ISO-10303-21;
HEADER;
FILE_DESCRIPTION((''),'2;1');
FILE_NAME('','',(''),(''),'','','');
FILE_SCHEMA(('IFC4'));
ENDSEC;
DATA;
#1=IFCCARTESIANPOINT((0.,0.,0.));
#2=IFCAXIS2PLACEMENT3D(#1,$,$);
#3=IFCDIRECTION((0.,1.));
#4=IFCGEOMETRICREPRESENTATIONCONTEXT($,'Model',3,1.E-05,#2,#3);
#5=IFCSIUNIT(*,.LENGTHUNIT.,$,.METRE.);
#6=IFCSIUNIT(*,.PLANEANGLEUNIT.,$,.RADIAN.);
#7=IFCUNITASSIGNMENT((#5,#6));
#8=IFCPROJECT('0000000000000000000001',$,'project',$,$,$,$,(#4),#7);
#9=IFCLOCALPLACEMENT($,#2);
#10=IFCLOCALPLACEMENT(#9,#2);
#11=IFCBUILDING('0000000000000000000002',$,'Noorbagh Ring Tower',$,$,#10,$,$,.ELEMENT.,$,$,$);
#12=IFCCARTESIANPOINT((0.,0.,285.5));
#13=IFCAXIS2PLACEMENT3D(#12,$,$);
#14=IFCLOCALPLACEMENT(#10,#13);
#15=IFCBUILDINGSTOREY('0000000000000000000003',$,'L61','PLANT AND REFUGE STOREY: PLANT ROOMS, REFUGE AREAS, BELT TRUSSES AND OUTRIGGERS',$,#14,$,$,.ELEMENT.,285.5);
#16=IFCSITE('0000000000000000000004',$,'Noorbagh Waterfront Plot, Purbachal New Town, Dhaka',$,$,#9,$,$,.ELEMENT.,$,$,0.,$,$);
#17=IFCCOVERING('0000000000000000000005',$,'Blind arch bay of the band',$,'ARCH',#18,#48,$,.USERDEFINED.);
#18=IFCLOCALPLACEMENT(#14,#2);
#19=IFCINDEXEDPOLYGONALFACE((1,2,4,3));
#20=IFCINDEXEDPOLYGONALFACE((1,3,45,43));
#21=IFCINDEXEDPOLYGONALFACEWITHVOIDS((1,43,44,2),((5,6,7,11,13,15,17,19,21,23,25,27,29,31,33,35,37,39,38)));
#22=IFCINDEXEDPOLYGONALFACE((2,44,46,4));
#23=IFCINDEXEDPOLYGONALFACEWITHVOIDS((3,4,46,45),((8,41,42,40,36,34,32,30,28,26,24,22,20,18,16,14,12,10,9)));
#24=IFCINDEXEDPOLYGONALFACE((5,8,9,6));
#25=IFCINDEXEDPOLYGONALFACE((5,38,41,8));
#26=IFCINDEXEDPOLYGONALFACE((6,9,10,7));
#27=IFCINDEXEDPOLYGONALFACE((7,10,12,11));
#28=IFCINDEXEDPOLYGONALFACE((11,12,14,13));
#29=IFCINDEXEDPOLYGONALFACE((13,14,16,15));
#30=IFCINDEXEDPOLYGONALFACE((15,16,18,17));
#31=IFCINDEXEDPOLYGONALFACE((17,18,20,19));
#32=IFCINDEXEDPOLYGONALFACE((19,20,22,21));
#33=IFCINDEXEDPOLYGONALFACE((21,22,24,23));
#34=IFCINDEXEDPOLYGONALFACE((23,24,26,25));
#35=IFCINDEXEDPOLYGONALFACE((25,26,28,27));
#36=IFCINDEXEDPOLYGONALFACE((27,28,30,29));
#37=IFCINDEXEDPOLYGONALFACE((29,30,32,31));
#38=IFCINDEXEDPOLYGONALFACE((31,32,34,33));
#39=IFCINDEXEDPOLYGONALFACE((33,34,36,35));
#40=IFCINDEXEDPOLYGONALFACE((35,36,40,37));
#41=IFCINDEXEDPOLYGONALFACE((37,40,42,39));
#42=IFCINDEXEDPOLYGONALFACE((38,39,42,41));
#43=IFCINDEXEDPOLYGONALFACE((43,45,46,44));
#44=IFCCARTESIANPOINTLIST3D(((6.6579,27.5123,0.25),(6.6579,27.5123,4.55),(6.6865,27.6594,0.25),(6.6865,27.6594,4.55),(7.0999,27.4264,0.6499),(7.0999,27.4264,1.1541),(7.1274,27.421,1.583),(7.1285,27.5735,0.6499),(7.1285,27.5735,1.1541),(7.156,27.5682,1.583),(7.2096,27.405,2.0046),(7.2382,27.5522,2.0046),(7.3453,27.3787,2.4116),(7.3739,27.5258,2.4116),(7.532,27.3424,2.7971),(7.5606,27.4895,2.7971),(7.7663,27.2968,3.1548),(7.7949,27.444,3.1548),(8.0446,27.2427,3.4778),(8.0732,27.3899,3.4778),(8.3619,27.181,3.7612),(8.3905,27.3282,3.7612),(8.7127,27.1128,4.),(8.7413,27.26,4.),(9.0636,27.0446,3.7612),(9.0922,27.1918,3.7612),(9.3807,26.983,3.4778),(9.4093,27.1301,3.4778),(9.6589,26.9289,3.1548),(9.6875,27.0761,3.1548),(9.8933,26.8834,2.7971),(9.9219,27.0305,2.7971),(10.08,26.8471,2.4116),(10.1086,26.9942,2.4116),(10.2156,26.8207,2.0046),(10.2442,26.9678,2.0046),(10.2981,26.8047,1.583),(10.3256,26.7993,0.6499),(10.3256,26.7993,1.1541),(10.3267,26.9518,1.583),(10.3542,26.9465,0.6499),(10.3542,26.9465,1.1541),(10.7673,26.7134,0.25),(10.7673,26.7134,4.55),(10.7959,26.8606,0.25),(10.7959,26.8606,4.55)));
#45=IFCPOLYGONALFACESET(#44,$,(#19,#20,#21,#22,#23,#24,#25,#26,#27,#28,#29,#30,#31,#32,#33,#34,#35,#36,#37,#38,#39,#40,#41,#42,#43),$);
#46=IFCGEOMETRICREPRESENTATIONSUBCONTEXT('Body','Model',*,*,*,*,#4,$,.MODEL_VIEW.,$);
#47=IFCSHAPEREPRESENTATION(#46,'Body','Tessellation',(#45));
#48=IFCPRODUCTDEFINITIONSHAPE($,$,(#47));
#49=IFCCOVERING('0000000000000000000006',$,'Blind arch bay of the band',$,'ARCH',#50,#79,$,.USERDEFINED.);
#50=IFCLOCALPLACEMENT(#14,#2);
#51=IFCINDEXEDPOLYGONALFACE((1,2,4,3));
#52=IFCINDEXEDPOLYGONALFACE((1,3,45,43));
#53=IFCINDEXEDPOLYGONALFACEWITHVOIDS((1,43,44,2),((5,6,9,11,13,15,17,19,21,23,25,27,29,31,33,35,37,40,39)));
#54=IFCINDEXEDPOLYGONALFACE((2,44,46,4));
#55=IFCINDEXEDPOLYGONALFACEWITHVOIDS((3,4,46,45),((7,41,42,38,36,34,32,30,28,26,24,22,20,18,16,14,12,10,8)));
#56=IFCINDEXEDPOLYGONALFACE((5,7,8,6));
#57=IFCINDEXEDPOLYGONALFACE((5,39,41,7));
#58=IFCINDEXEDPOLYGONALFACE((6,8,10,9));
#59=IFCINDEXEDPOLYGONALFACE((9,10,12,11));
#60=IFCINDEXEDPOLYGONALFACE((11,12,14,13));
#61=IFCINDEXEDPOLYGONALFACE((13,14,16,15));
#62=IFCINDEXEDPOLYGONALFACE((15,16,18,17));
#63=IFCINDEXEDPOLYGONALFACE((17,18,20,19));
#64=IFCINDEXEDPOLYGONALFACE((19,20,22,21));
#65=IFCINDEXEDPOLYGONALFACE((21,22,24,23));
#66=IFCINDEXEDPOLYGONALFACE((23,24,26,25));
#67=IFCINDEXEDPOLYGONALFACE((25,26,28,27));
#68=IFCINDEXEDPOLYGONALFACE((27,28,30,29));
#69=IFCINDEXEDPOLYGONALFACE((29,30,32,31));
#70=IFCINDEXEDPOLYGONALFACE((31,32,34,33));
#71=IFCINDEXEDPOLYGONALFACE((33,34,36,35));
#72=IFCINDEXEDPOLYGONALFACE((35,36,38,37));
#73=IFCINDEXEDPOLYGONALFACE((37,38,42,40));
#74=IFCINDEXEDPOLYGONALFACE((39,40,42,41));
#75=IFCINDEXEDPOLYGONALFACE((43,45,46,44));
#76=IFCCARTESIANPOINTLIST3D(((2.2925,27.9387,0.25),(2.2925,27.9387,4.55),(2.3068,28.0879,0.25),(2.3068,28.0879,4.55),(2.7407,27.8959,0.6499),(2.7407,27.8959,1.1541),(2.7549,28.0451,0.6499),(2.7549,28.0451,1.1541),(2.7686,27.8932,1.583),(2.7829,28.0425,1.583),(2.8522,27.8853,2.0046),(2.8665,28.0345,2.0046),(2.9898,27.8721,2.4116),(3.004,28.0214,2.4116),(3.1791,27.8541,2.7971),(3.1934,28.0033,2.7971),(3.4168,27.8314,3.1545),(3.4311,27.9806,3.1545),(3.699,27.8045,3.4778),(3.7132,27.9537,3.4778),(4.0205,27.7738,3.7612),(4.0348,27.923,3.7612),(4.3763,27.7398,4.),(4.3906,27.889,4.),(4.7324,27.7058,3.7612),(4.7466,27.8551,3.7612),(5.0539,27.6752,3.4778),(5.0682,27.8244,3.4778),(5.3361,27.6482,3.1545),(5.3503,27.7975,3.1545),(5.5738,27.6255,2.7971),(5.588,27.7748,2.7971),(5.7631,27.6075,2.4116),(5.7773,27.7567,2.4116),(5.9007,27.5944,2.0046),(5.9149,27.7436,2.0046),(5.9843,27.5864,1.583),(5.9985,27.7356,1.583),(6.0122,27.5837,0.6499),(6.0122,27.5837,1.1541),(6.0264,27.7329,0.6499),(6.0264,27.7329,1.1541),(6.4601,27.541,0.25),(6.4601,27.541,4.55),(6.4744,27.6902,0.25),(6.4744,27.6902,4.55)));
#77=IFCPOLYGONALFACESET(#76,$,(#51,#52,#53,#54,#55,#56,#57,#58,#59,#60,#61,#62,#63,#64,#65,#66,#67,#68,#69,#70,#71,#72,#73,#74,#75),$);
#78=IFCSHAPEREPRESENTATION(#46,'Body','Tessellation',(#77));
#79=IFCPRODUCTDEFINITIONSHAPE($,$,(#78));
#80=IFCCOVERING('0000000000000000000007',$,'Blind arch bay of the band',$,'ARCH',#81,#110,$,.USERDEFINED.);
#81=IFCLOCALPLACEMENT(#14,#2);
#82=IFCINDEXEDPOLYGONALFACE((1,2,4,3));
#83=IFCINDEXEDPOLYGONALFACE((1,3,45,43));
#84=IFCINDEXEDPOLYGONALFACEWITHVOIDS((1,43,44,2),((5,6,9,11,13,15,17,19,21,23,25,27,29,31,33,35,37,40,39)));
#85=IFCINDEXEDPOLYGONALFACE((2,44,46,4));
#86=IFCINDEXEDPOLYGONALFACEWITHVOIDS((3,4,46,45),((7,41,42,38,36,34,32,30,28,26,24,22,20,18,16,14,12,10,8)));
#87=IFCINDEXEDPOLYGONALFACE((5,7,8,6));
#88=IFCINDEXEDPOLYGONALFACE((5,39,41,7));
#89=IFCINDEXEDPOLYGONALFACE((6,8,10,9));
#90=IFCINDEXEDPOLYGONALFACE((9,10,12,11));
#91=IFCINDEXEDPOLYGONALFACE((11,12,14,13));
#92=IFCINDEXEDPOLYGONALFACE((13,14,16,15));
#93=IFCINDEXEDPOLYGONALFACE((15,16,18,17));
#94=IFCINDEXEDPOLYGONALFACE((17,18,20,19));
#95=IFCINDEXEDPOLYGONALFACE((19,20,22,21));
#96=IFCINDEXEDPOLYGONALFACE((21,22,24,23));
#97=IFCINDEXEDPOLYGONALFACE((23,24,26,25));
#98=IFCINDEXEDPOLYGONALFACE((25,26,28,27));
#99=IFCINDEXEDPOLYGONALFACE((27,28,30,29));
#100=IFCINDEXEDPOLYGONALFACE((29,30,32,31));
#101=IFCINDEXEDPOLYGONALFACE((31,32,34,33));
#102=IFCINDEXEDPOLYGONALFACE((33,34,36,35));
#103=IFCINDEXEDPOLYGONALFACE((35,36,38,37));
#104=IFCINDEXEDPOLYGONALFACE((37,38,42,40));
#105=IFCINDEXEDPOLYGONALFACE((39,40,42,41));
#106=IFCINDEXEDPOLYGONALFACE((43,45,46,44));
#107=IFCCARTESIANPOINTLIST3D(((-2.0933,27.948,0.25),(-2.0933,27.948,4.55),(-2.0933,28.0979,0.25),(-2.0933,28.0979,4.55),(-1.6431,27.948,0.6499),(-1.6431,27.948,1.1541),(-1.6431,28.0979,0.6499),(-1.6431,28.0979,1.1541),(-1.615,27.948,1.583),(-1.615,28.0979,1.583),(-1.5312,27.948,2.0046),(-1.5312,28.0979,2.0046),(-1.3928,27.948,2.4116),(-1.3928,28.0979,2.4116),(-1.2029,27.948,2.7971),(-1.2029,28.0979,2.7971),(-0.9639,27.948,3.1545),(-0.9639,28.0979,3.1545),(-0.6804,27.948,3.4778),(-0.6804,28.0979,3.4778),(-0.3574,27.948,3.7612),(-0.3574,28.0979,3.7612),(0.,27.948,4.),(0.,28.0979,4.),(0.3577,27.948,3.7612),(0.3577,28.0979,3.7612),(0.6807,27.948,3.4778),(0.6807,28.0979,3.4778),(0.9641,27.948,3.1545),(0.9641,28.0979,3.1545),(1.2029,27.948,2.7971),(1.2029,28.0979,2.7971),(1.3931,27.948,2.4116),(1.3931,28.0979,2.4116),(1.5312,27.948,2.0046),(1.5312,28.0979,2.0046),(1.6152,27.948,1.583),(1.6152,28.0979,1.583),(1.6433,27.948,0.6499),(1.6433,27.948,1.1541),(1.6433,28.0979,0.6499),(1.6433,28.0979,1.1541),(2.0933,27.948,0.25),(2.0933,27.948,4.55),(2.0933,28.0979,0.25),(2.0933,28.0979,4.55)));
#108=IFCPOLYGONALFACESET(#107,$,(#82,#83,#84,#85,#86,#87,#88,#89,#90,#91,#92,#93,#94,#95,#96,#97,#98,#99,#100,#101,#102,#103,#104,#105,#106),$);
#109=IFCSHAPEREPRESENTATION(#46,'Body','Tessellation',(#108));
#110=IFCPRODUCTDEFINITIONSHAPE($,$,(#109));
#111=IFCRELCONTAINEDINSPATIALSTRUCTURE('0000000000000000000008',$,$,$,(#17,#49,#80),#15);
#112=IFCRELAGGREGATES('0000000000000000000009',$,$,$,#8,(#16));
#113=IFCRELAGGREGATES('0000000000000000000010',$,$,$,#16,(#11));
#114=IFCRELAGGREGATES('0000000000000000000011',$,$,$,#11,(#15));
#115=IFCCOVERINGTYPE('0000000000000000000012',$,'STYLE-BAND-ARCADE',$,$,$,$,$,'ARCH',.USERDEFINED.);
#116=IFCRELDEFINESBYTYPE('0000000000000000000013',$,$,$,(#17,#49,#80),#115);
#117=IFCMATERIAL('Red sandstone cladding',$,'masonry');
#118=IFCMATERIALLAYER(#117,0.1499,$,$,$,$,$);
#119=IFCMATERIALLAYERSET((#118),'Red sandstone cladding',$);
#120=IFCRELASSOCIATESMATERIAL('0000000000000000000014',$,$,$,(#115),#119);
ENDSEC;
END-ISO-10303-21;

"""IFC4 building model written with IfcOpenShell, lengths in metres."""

from ifc_helpers import new_model, si_unit, direction, frame, origin, place, context, subcontext, project, spatial, polyline, outline, extrude, material, layer, layer_set, type_object, element, save


model = new_model("IFC4")

# Units and contexts
model_context = context("Model", 3, precision=1e-05, world=origin(), true_north=direction((0.0, 1.0)))
body_context = subcontext(model_context, "Body", "Model", "MODEL_VIEW")
ifc_project = project(units=[si_unit("LENGTHUNIT", "METRE"), si_unit("PLANEANGLEUNIT", "RADIAN")], contexts=[model_context])

# Site, building, storey
site_placement = place(None, origin())
site = spatial("IfcSite", under=ifc_project, at=site_placement, Name="Noorbagh Waterfront Plot, Purbachal New Town, Dhaka", CompositionType="ELEMENT", RefElevation=0.0)
building_placement = place(site_placement, origin())
building = spatial("IfcBuilding", under=site, at=building_placement, Name="Noorbagh Ring Tower", CompositionType="ELEMENT")
storey_placement = place(building_placement, frame((0.0, 0.0, 285.5)))
storey = spatial("IfcBuildingStorey", under=building, at=storey_placement, Name="L61", Description="PLANT AND REFUGE STOREY: PLANT ROOMS, REFUGE AREAS, BELT TRUSSES AND OUTRIGGERS", CompositionType="ELEMENT", Elevation=285.5)

# Coverings
ifc_material_1 = material(Name="Red sandstone cladding", Category="masonry")
ifc_layer_1 = layer(ifc_material_1, 0.1499)
ifc_layer_set_1 = layer_set([ifc_layer_1], Name="Red sandstone cladding")
covering_type_1 = type_object("IfcCoveringType", Name="STYLE-BAND-ARCADE", ElementType="ARCH", PredefinedType="USERDEFINED", material=ifc_layer_set_1)
covering_1_placement = place(storey_placement, frame((10.7959, 26.8606, 0.25), z_axis=(0.19082, 0.981625, 0.0), x_axis=(-0.981625, 0.19082, 0.0)))
element("IfcCovering", 1, at=covering_1_placement, inside=storey, type_object=covering_type_1, Name="Blind arch bay of the band", ObjectType="ARCH", PredefinedType="USERDEFINED", context=body_context, shape_type="SweptSolid", body=[
    extrude(outline(polyline([(0.0, 0.0), (4.1863, 0.0), (4.1863, 4.3), (0.0, 4.3), (0.0, 0.0)]), holes=[polyline([(0.45, 0.3999), (0.45, 0.9041), (0.478, 1.333), (0.562, 1.7546), (0.7002, 2.1616), (0.8904, 2.5471), (1.1292, 2.9048), (1.4126, 3.2278), (1.7356, 3.5112), (2.093, 3.75), (2.4504, 3.5112), (2.7737, 3.2278), (3.0571, 2.9048), (3.2959, 2.5471), (3.4861, 2.1616), (3.6243, 1.7546), (3.708, 1.333), (3.7361, 0.9041), (3.7361, 0.3999), (0.45, 0.3999)])]), origin(), (0.0, 0.0, -1.0), 0.1499),
])
covering_2_placement = place(storey_placement, frame((6.4744, 27.6902, 0.25), z_axis=(0.094999, 0.995477, 0.0), x_axis=(-0.995477, 0.094999, 0.0)))
element("IfcCovering", 2, at=covering_2_placement, inside=storey, type_object=covering_type_1, Name="Blind arch bay of the band", ObjectType="ARCH", PredefinedType="USERDEFINED", context=body_context, shape_type="SweptSolid", body=[
    extrude(outline(polyline([(0.0, 0.0), (4.1865, 0.0), (4.1865, 4.3), (0.0, 4.3), (0.0, 0.0)]), holes=[polyline([(0.45, 0.3999), (0.45, 0.9041), (0.478, 1.333), (0.562, 1.7546), (0.7002, 2.1616), (0.8904, 2.5471), (1.1292, 2.9045), (1.4126, 3.2278), (1.7356, 3.5112), (2.0933, 3.75), (2.4507, 3.5112), (2.7737, 3.2278), (3.0571, 2.9045), (3.2959, 2.5471), (3.4861, 2.1616), (3.6243, 1.7546), (3.7083, 1.333), (3.7363, 0.9041), (3.7363, 0.3999), (0.45, 0.3999)])]), origin(), (0.0, 0.0, -1.0), 0.1499),
])
covering_3_placement = place(storey_placement, frame((2.0933, 28.0979, 0.25), z_axis=(0.0, 1.0, 0.0), x_axis=(-1.0, 0.0, 0.0)))
element("IfcCovering", 3, at=covering_3_placement, inside=storey, type_object=covering_type_1, Name="Blind arch bay of the band", ObjectType="ARCH", PredefinedType="USERDEFINED", context=body_context, shape_type="SweptSolid", body=[
    extrude(outline(polyline([(0.0, 0.0), (4.1865, 0.0), (4.1865, 4.3), (0.0, 4.3), (0.0, 0.0)]), holes=[polyline([(0.45, 0.3999), (0.45, 0.9041), (0.478, 1.333), (0.562, 1.7546), (0.7002, 2.1616), (0.8904, 2.5471), (1.1292, 2.9045), (1.4126, 3.2278), (1.7356, 3.5112), (2.0933, 3.75), (2.4507, 3.5112), (2.7737, 3.2278), (3.0571, 2.9045), (3.2961, 2.5471), (3.4861, 2.1616), (3.6245, 1.7546), (3.7083, 1.333), (3.7363, 0.9041), (3.7363, 0.3999), (0.45, 0.3999)])]), origin(), (0.0, 0.0, -1.0), 0.1499),
])

save(model, "model.ifc")
